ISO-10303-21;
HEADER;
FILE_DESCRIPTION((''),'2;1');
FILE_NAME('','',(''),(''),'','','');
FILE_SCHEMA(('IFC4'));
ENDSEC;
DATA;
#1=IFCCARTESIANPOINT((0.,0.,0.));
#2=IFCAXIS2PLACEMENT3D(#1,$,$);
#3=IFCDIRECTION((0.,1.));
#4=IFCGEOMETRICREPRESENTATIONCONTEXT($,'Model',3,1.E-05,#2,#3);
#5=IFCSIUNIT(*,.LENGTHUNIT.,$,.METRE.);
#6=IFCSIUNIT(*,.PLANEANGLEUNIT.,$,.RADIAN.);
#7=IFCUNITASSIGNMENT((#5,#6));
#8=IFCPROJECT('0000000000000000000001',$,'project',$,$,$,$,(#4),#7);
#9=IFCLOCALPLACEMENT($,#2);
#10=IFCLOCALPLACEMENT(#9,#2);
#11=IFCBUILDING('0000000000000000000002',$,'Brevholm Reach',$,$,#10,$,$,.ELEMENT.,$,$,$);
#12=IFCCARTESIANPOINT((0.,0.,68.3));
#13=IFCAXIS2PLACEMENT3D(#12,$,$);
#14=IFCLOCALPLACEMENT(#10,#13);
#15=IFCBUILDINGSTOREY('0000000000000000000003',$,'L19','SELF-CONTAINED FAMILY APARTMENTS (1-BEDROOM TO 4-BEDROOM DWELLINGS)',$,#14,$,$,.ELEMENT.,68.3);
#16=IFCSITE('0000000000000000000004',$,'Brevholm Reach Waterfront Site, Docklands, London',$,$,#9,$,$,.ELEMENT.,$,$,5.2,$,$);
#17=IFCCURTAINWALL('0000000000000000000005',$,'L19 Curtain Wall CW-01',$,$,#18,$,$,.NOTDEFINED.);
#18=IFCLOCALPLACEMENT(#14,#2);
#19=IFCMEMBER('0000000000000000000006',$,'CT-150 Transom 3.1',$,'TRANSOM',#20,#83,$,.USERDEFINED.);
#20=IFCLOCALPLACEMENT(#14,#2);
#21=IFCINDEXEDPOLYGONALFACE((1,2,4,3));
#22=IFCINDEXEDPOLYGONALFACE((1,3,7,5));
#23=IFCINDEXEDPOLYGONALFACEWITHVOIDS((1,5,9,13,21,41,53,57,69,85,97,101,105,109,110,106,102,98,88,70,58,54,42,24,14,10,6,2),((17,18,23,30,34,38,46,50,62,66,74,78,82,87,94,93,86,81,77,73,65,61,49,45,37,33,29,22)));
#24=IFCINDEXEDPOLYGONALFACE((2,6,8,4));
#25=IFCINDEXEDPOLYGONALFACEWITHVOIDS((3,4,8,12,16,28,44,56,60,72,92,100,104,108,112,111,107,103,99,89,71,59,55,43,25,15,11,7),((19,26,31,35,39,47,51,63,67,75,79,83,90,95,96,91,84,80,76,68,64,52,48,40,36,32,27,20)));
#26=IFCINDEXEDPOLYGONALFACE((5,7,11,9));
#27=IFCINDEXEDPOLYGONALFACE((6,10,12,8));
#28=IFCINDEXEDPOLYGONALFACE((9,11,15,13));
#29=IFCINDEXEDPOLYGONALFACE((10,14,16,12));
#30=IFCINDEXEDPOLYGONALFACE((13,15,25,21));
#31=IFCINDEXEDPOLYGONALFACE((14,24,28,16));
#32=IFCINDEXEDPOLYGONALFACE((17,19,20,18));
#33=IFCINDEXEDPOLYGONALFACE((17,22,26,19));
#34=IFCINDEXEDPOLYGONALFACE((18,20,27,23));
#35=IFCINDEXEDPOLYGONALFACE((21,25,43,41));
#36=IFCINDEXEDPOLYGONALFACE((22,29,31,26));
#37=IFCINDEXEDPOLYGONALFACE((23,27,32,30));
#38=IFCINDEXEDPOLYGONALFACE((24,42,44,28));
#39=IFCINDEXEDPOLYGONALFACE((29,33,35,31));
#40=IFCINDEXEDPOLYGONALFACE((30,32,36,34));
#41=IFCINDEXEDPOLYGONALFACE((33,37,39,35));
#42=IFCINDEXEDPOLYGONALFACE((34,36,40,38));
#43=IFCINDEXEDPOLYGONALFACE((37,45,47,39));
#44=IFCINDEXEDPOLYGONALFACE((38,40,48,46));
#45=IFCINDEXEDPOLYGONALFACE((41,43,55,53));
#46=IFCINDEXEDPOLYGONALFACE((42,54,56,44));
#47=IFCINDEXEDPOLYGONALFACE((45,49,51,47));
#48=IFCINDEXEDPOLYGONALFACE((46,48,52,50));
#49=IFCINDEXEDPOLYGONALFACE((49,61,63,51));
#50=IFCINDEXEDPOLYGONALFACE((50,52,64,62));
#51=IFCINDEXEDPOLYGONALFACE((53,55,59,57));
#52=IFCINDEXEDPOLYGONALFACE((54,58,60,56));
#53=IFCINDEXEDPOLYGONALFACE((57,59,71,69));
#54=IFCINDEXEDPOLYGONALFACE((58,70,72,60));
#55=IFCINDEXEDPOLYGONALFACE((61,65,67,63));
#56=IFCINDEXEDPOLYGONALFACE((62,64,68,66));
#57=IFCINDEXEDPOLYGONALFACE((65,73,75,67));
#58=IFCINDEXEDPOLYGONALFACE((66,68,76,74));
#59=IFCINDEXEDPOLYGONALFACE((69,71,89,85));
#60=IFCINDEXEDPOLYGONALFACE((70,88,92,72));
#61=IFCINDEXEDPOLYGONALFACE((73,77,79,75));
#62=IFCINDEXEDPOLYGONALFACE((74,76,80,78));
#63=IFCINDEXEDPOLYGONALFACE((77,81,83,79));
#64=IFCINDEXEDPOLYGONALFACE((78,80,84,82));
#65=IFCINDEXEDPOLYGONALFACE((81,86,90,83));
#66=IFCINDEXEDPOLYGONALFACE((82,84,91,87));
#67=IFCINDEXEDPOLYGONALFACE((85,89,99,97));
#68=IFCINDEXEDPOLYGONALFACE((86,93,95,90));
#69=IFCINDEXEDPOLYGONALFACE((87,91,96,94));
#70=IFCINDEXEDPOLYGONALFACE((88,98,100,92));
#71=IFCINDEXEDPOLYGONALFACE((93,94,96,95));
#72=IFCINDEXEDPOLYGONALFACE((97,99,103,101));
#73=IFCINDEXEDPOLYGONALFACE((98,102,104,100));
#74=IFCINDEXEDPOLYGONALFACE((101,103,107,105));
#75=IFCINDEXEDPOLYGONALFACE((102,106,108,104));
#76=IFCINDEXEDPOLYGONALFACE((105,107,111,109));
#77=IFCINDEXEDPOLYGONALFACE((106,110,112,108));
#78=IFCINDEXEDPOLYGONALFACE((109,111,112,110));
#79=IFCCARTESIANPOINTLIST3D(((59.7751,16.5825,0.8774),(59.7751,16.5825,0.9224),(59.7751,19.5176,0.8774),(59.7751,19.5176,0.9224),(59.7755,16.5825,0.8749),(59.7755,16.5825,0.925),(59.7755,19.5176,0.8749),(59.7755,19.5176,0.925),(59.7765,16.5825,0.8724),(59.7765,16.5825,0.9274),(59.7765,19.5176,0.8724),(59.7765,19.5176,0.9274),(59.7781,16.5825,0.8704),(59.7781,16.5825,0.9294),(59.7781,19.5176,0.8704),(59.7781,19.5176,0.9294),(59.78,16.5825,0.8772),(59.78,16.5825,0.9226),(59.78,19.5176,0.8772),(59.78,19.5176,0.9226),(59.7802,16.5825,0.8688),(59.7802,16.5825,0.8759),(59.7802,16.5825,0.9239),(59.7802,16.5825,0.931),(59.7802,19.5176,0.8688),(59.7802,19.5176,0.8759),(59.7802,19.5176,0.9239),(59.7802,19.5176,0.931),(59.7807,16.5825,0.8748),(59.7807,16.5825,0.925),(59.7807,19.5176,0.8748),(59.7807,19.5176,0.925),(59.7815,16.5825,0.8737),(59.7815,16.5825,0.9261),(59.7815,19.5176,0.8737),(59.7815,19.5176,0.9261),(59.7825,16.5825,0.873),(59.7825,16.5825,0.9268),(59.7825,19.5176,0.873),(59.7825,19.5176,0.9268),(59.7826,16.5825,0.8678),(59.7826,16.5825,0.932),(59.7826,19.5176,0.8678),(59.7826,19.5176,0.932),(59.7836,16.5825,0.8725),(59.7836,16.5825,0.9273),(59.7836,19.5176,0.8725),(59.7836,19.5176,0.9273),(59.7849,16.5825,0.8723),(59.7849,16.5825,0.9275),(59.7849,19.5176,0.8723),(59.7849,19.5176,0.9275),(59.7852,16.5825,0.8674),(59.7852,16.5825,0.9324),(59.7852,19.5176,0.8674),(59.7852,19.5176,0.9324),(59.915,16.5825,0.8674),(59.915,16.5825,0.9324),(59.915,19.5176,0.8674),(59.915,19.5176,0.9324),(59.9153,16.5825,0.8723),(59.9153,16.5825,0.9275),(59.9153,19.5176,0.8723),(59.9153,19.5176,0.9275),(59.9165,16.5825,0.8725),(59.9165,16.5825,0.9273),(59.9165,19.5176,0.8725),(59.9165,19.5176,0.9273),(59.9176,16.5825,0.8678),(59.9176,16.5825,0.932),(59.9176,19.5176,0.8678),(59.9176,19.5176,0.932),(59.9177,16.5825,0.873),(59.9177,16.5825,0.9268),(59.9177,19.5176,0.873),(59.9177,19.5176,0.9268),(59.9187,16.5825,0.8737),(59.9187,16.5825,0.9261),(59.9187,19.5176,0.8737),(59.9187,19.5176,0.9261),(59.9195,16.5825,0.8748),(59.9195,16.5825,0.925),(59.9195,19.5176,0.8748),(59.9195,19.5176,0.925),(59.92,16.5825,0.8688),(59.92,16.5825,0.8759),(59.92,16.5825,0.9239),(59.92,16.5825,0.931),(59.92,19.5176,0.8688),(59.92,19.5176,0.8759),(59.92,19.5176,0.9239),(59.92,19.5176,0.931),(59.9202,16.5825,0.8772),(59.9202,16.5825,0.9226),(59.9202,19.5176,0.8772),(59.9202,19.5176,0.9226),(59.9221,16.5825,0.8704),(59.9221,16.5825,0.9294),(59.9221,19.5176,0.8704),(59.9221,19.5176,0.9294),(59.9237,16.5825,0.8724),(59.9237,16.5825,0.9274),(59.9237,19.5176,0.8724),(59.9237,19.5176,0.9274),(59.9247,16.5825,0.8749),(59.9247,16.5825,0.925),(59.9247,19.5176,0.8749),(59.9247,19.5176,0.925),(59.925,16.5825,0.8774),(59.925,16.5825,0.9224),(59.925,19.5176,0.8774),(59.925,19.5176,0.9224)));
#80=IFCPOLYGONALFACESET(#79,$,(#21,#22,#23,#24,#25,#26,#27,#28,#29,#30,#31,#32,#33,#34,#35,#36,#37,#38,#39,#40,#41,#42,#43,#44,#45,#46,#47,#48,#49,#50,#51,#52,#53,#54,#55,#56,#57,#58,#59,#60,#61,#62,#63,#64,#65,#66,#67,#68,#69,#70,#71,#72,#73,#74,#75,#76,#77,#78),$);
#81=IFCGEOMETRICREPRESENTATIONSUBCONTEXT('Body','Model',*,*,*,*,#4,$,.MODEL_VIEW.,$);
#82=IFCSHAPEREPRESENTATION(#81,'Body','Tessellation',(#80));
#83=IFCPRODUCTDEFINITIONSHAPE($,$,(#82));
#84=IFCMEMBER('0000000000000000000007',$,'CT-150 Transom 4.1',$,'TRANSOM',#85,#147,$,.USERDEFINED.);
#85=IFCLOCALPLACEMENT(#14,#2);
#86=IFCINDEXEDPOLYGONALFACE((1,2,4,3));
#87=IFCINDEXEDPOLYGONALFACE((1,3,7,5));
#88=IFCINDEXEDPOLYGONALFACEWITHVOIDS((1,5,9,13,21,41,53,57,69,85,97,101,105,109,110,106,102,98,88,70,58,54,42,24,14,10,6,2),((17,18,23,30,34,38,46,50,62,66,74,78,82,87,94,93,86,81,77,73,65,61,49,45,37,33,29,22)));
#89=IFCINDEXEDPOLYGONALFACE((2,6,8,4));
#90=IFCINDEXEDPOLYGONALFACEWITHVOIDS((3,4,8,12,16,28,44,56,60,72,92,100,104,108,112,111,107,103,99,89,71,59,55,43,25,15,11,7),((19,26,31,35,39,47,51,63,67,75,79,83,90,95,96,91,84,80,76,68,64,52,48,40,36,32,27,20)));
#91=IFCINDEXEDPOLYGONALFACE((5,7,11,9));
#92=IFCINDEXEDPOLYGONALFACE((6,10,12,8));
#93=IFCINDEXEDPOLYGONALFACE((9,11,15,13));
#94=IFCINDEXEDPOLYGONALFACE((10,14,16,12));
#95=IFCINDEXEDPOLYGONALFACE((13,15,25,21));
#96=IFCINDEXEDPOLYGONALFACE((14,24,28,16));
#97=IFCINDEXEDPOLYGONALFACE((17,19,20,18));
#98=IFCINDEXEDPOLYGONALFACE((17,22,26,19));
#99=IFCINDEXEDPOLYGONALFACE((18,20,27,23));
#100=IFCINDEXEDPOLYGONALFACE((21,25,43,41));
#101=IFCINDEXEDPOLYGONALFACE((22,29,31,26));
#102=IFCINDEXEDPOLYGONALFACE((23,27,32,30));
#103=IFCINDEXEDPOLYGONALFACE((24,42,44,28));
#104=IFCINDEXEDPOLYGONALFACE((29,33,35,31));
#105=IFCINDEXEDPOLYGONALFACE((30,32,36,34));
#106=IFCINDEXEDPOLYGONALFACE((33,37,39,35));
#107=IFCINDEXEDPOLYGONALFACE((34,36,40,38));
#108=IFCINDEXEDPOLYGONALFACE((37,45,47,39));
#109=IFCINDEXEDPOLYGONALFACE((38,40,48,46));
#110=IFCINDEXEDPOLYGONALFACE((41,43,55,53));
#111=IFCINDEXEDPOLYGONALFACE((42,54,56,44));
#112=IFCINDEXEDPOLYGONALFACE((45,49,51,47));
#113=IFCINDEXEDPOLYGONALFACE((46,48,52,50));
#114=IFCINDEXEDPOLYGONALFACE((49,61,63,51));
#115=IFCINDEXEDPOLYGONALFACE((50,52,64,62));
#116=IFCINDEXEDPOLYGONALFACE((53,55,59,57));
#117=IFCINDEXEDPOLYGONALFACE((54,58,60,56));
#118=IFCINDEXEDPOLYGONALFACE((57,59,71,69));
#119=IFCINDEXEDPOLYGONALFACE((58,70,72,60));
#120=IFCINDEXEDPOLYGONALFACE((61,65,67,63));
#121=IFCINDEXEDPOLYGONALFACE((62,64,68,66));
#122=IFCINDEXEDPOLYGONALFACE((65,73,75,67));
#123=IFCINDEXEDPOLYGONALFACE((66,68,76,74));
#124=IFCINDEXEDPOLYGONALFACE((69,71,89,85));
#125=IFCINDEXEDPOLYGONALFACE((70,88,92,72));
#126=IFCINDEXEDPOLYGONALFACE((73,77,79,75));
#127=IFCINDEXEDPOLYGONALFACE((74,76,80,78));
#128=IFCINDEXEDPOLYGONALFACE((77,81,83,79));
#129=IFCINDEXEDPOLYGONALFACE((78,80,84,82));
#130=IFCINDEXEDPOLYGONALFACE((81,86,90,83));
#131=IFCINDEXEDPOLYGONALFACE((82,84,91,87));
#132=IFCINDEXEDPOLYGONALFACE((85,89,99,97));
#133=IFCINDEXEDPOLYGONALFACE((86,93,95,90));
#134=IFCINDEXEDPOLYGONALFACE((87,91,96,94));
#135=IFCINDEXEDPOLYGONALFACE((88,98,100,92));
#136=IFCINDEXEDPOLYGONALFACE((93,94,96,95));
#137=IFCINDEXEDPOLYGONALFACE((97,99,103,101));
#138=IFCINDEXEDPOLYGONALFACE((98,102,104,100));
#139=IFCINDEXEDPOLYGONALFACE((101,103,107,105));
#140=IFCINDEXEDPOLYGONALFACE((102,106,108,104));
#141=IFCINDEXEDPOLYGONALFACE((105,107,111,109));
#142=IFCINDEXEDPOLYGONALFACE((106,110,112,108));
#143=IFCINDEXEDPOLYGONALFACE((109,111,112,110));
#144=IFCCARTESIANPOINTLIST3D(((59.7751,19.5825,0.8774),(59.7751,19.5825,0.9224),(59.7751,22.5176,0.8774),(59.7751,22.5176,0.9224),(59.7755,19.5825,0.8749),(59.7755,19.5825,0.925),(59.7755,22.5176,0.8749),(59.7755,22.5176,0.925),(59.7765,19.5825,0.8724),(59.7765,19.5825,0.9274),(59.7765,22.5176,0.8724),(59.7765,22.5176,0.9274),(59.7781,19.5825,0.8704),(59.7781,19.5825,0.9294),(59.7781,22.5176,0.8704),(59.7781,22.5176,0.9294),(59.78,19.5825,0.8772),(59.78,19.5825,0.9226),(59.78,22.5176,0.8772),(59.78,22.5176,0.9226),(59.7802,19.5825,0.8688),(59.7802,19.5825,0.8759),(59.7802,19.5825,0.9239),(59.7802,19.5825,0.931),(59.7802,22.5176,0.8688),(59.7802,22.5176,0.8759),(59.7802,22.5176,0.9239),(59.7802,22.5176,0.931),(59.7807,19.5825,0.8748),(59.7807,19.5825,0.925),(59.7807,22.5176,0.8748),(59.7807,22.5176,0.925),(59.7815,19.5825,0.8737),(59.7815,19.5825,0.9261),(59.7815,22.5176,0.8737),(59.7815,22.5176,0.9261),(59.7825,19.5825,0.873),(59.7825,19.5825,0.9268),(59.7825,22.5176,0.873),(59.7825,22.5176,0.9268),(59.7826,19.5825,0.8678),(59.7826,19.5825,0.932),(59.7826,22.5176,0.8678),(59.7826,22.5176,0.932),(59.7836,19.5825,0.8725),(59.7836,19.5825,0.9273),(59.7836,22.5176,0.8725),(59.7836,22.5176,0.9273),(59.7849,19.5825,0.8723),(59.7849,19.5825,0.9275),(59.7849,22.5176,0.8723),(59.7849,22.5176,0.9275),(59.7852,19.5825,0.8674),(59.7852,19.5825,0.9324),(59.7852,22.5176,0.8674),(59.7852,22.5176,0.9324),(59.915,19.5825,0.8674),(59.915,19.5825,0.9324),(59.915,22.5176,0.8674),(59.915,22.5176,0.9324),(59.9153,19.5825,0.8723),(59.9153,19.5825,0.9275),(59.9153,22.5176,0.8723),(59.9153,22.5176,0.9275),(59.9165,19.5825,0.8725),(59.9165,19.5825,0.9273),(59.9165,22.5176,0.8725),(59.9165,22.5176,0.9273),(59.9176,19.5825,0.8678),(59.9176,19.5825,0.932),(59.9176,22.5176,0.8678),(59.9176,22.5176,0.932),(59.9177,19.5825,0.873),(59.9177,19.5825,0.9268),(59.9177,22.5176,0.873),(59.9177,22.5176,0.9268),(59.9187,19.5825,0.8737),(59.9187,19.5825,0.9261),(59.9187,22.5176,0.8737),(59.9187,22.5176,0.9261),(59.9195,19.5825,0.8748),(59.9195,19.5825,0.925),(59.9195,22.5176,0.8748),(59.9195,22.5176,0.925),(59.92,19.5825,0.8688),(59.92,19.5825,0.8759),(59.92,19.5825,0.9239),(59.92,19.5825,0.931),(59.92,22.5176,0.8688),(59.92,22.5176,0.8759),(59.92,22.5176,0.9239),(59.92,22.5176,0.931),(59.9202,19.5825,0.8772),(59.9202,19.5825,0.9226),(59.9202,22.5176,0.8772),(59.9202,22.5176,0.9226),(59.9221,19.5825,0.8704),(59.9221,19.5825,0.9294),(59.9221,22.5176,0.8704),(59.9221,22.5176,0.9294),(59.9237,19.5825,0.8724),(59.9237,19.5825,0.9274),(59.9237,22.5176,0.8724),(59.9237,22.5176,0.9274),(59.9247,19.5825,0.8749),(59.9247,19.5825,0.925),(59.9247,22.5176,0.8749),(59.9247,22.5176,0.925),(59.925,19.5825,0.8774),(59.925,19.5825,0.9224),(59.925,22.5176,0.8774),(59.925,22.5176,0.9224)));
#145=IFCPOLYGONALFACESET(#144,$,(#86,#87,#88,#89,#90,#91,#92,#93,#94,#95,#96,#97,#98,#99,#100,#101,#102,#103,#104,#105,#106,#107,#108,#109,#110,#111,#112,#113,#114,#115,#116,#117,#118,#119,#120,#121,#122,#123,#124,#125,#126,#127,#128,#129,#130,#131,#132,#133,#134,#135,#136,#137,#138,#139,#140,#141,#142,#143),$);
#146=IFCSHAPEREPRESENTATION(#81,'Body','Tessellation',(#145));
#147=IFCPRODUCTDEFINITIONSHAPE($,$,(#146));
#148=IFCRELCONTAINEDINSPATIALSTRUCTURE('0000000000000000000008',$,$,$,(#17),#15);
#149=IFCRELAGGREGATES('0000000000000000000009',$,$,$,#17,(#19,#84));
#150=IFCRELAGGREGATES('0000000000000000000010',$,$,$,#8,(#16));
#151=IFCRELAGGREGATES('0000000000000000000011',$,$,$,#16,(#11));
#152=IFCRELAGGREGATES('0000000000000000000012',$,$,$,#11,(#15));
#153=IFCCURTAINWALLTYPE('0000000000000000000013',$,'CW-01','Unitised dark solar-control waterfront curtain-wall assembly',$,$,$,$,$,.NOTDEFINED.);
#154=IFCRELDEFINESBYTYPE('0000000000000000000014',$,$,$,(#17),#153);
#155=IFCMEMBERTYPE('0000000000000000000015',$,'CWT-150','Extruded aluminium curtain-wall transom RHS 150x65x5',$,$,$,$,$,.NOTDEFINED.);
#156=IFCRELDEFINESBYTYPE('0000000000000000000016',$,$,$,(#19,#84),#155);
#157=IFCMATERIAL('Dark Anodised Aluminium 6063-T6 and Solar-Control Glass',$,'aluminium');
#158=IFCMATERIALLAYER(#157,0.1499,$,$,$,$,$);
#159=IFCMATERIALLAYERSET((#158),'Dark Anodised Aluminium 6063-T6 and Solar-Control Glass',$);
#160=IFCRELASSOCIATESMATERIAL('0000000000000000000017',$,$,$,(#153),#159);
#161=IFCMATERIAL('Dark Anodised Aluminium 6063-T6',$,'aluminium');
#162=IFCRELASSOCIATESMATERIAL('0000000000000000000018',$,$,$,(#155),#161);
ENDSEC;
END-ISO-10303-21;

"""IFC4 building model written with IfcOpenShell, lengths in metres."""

from ifc_helpers import new_model, si_unit, direction, frame, origin, origin_2d, place, context, subcontext, project, spatial, hollow_rectangle, extrude, material, layer, layer_set, material_profile, profile_set, type_object, element, aggregate, save


model = new_model("IFC4")

# Units and contexts
model_context = context("Model", 3, precision=1e-05, world=origin(), true_north=direction((0.0, 1.0)))
body_context = subcontext(model_context, "Body", "Model", "MODEL_VIEW")
ifc_project = project(units=[si_unit("LENGTHUNIT", "METRE"), si_unit("PLANEANGLEUNIT", "RADIAN")], contexts=[model_context])

# Site, building, storey
site_placement = place(None, origin())
site = spatial("IfcSite", under=ifc_project, at=site_placement, Name="Brevholm Reach Waterfront Site, Docklands, London", CompositionType="ELEMENT", RefElevation=5.2)
building_placement = place(site_placement, origin())
building = spatial("IfcBuilding", under=site, at=building_placement, Name="Brevholm Reach", CompositionType="ELEMENT")
storey_placement = place(building_placement, frame((0.0, 0.0, 68.3)))
storey = spatial("IfcBuildingStorey", under=building, at=storey_placement, Name="L19", Description="SELF-CONTAINED FAMILY APARTMENTS (1-BEDROOM TO 4-BEDROOM DWELLINGS)", CompositionType="ELEMENT", Elevation=68.3)

# Curtain wall, members
ifc_material_1 = material(Name="Dark Anodised Aluminium 6063-T6 and Solar-Control Glass", Category="aluminium")
ifc_layer_1 = layer(ifc_material_1, 0.1499)
ifc_layer_set_1 = layer_set([ifc_layer_1], Name="Dark Anodised Aluminium 6063-T6 and Solar-Control Glass")
curtain_wall_type = type_object("IfcCurtainWallType", Name="CW-01", Description="Unitised dark solar-control waterfront curtain-wall assembly", PredefinedType="NOTDEFINED", material=ifc_layer_set_1)
curtain_wall_placement = place(storey_placement, origin())
curtain_wall = element("IfcCurtainWall", 1, at=curtain_wall_placement, inside=storey, type_object=curtain_wall_type, Name="L19 Curtain Wall CW-01", PredefinedType="NOTDEFINED")
ifc_material_2 = material(Name="Dark Anodised Aluminium 6063-T6", Category="aluminium")
ifc_material_profile_1 = material_profile(ifc_material_2, hollow_rectangle(XDim=0.0649, YDim=0.1499, WallThickness=0.0049, InnerFilletRadius=0.0049, OuterFilletRadius=0.01, at=origin_2d()), Name="RHS 150x65x5")
ifc_profile_set_1 = profile_set([ifc_material_profile_1], Name="Dark Anodised Aluminium 6063-T6")
member_type_1 = type_object("IfcMemberType", Name="CWT-150", Description="Extruded aluminium curtain-wall transom RHS 150x65x5", PredefinedType="NOTDEFINED", material=ifc_profile_set_1)
member_1_placement = place(storey_placement, frame((59.8501, 16.5825, 0.8999), z_axis=(0.0, 1.0, 0.0), x_axis=(0.0, 0.0, 1.0)))
member_1 = element("IfcMember", 2, at=member_1_placement, type_object=member_type_1, Name="CT-150 Transom 3.1", ObjectType="TRANSOM", PredefinedType="USERDEFINED", context=body_context, shape_type="SweptSolid", body=[
    extrude(hollow_rectangle(XDim=0.0649, YDim=0.1499, WallThickness=0.0049, InnerFilletRadius=0.0049, OuterFilletRadius=0.01, at=origin_2d()), origin(), (0.0, 0.0, 1.0), 2.9351),
])
member_2_placement = place(storey_placement, frame((59.8501, 19.5825, 0.8999), z_axis=(0.0, 1.0, 0.0), x_axis=(0.0, 0.0, 1.0)))
member_2 = element("IfcMember", 3, at=member_2_placement, type_object=member_type_1, Name="CT-150 Transom 4.1", ObjectType="TRANSOM", PredefinedType="USERDEFINED", context=body_context, shape_type="SweptSolid", body=[
    extrude(hollow_rectangle(XDim=0.0649, YDim=0.1499, WallThickness=0.0049, InnerFilletRadius=0.0049, OuterFilletRadius=0.01, at=origin_2d()), origin(), (0.0, 0.0, 1.0), 2.9351),
])
aggregate(curtain_wall, [member_1, member_2])

save(model, "model.ifc")
